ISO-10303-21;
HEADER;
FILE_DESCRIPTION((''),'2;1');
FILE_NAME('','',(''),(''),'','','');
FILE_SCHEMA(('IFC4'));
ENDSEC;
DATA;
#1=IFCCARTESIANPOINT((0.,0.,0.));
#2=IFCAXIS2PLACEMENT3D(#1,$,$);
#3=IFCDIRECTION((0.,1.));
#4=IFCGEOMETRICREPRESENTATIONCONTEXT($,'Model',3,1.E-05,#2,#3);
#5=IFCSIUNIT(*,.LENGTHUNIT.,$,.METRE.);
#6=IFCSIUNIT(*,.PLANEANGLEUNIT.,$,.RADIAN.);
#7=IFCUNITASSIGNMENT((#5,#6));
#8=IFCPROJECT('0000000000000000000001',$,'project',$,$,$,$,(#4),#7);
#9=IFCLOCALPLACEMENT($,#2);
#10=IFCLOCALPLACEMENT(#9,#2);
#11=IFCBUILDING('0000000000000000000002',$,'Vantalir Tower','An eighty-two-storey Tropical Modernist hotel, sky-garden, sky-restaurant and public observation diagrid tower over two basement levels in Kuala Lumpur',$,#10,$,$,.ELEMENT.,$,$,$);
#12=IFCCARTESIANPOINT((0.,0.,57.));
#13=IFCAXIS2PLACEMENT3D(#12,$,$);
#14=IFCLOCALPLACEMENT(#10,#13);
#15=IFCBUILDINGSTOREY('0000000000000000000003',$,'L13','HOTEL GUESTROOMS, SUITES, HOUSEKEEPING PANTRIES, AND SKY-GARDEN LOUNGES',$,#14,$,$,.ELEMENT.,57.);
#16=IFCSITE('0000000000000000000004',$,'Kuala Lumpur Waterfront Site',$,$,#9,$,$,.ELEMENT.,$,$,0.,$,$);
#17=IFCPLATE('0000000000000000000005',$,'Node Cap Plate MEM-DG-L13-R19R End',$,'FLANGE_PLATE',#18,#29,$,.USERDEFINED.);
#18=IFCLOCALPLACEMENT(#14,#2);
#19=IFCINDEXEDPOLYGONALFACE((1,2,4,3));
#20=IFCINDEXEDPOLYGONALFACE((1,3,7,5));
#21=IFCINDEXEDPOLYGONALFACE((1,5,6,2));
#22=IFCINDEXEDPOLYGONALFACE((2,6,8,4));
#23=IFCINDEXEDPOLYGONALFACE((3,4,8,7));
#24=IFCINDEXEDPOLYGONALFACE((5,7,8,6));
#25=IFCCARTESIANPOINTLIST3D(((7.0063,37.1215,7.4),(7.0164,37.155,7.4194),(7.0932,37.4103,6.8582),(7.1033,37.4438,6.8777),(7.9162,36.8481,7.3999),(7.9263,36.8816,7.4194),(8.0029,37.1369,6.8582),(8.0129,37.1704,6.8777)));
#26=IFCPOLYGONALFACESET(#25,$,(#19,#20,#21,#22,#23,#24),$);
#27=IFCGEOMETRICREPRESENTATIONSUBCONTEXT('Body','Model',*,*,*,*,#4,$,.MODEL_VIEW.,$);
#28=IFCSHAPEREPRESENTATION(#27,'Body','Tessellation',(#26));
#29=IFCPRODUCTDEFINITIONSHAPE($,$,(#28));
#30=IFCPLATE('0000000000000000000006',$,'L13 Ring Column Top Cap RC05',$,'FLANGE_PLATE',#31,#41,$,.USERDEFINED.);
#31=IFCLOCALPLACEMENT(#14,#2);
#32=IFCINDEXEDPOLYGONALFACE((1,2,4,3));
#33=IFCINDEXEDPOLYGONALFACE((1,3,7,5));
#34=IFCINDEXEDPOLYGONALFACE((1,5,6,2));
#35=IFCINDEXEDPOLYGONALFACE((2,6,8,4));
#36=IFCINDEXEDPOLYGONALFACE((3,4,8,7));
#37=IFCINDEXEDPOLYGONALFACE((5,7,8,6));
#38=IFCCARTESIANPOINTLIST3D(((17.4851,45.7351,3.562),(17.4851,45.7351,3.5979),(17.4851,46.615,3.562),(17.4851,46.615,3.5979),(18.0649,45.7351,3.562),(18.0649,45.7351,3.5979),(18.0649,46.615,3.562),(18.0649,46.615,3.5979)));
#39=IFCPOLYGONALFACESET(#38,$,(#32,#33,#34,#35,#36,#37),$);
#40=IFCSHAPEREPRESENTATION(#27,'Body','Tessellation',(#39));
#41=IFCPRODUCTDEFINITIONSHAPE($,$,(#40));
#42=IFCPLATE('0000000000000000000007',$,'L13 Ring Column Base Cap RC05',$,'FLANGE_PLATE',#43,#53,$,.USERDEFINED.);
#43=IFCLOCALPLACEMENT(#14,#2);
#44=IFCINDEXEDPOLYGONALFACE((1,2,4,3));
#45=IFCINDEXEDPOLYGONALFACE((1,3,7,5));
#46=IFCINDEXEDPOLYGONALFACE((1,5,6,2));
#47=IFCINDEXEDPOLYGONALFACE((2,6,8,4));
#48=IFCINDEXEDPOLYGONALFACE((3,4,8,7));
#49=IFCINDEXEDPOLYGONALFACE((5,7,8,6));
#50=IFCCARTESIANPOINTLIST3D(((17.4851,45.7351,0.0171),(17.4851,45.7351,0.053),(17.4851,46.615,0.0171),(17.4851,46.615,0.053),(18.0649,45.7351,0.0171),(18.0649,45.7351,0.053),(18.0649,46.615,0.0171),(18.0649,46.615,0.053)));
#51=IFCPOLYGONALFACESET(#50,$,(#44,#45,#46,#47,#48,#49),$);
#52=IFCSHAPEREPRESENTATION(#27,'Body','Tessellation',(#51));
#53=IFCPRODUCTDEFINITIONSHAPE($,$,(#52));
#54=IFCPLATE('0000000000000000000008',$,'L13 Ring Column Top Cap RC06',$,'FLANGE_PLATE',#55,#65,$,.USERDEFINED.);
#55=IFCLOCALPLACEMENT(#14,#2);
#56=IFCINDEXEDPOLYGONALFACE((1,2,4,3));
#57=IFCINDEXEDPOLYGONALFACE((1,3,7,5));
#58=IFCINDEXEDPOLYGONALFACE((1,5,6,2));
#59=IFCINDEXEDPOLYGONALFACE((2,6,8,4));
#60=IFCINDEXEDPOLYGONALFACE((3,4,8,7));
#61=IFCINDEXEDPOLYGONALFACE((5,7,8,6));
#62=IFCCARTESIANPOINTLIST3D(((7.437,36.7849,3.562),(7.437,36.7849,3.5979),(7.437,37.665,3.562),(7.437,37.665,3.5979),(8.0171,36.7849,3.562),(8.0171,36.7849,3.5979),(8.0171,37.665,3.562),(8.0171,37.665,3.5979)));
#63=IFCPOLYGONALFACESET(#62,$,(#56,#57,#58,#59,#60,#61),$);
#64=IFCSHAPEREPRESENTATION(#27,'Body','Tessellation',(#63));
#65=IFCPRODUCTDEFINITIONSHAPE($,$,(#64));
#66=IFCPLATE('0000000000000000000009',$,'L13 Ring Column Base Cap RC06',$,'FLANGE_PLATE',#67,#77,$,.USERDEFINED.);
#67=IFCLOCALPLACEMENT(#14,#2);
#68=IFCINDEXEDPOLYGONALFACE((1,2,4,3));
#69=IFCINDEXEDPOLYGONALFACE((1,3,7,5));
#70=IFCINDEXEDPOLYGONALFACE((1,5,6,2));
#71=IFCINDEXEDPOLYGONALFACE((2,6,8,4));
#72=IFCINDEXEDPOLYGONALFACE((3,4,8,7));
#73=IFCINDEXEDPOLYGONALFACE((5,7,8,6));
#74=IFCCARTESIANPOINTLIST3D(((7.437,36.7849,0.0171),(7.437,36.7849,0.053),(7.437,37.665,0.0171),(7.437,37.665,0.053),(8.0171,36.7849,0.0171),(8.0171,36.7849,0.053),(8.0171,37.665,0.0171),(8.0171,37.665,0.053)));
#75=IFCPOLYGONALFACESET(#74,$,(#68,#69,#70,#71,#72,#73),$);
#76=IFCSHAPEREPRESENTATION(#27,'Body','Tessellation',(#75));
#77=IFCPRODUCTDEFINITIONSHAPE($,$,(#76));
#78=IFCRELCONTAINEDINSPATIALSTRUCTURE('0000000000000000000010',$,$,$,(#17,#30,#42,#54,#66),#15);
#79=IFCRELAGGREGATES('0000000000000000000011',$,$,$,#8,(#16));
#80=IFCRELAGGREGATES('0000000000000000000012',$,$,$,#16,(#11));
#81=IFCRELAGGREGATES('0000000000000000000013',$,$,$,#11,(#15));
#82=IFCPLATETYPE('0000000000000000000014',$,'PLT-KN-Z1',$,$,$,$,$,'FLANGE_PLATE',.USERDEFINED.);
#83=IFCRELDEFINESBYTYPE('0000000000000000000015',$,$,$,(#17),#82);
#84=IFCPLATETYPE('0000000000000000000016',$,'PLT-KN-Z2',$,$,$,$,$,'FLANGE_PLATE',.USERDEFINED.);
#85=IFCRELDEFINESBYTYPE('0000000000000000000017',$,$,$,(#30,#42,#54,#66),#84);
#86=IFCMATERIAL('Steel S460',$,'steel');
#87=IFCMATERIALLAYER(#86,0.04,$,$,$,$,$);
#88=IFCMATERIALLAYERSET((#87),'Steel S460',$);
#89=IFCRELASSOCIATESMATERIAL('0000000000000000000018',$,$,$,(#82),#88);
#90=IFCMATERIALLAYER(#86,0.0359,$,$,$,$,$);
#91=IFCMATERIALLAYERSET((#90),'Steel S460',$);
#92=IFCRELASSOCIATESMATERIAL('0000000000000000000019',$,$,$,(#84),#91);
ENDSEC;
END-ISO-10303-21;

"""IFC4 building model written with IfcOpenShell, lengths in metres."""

from ifc_helpers import new_model, si_unit, direction, frame, origin, place, context, subcontext, project, spatial, polyline, outline, extrude, material, layer, layer_set, type_object, element, save


model = new_model("IFC4")

# Units and contexts
model_context = context("Model", 3, precision=1e-05, world=origin(), true_north=direction((0.0, 1.0)))
body_context = subcontext(model_context, "Body", "Model", "MODEL_VIEW")
ifc_project = project(units=[si_unit("LENGTHUNIT", "METRE"), si_unit("PLANEANGLEUNIT", "RADIAN")], contexts=[model_context])

# Site, building, storey
site_placement = place(None, origin())
site = spatial("IfcSite", under=ifc_project, at=site_placement, Name="Kuala Lumpur Waterfront Site", CompositionType="ELEMENT", RefElevation=0.0)
building_placement = place(site_placement, origin())
building = spatial("IfcBuilding", under=site, at=building_placement, Name="Vantalir Tower", Description="An eighty-two-storey Tropical Modernist hotel, sky-garden, sky-restaurant and public observation diagrid tower over two basement levels in Kuala Lumpur", CompositionType="ELEMENT")
storey_placement = place(building_placement, frame((0.0, 0.0, 57.0)))
storey = spatial("IfcBuildingStorey", under=building, at=storey_placement, Name="L13", Description="HOTEL GUESTROOMS, SUITES, HOUSEKEEPING PANTRIES, AND SKY-GARDEN LOUNGES", CompositionType="ELEMENT", Elevation=57.0)

# Shared definitions
ifc_material_1 = material(Name="Steel S460", Category="steel")

# Plates
ifc_layer_1 = layer(ifc_material_1, 0.04)
ifc_layer_set_1 = layer_set([ifc_layer_1], Name="Steel S460")
plate_type_1 = type_object("IfcPlateType", Name="PLT-KN-Z1", ElementType="FLANGE_PLATE", PredefinedType="USERDEFINED", material=ifc_layer_set_1)
plate_1_placement = place(storey_placement, frame((8.0129, 37.1704, 6.8777), z_axis=(0.25149, 0.836766, 0.48639), x_axis=(-0.957679, 0.28784, -0.000016)))
element("IfcPlate", 1, at=plate_1_placement, inside=storey, type_object=plate_type_1, Name="Node Cap Plate MEM-DG-L13-R19R End", ObjectType="FLANGE_PLATE", PredefinedType="USERDEFINED", context=body_context, shape_type="SweptSolid", body=[
    extrude(outline(polyline([(0.0, 0.0), (0.9499, 0.0), (0.95, 0.62), (-0.0001, 0.62), (0.0, 0.0)])), origin(), (0.0, 0.0, -1.0), 0.04),
])
ifc_layer_2 = layer(ifc_material_1, 0.0359)
ifc_layer_set_2 = layer_set([ifc_layer_2], Name="Steel S460")
plate_type_2 = type_object("IfcPlateType", Name="PLT-KN-Z2", ElementType="FLANGE_PLATE", PredefinedType="USERDEFINED", material=ifc_layer_set_2)
for number, where, z_axis, x_axis, name in (
    (2, (17.4851, 46.615, 3.5979), (0.0, 0.0, 1.0), (0.0, -1.0, 0.0), "L13 Ring Column Top Cap RC05"),
    (3, (17.4851, 46.615, 0.053), (0.0, 0.0, 1.0), (0.0, -1.0, 0.0), "L13 Ring Column Base Cap RC05"),
):
    element("IfcPlate", number, at=place(storey_placement, frame(where, z_axis=z_axis, x_axis=x_axis)), inside=storey, type_object=plate_type_2, Name=name, ObjectType="FLANGE_PLATE", PredefinedType="USERDEFINED", context=body_context, shape_type="SweptSolid", body=[
        extrude(outline(polyline([(0.0, 0.0), (0.8799, 0.0), (0.8799, 0.5798), (0.0, 0.5798), (0.0, 0.0)])), origin(), (0.0, 0.0, -1.0), 0.0359),
    ])
for number, where, z_axis, x_axis, name in (
    (4, (7.437, 37.665, 3.5979), (0.0, 0.0, 1.0), (0.0, -1.0, 0.0), "L13 Ring Column Top Cap RC06"),
    (5, (7.437, 37.665, 0.053), (0.0, 0.0, 1.0), (0.0, -1.0, 0.0), "L13 Ring Column Base Cap RC06"),
):
    element("IfcPlate", number, at=place(storey_placement, frame(where, z_axis=z_axis, x_axis=x_axis)), inside=storey, type_object=plate_type_2, Name=name, ObjectType="FLANGE_PLATE", PredefinedType="USERDEFINED", context=body_context, shape_type="SweptSolid", body=[
        extrude(outline(polyline([(0.0, 0.0), (0.8801, 0.0), (0.8801, 0.5801), (0.0, 0.5801), (0.0, 0.0)])), origin(), (0.0, 0.0, -1.0), 0.0359),
    ])

save(model, "model.ifc")
